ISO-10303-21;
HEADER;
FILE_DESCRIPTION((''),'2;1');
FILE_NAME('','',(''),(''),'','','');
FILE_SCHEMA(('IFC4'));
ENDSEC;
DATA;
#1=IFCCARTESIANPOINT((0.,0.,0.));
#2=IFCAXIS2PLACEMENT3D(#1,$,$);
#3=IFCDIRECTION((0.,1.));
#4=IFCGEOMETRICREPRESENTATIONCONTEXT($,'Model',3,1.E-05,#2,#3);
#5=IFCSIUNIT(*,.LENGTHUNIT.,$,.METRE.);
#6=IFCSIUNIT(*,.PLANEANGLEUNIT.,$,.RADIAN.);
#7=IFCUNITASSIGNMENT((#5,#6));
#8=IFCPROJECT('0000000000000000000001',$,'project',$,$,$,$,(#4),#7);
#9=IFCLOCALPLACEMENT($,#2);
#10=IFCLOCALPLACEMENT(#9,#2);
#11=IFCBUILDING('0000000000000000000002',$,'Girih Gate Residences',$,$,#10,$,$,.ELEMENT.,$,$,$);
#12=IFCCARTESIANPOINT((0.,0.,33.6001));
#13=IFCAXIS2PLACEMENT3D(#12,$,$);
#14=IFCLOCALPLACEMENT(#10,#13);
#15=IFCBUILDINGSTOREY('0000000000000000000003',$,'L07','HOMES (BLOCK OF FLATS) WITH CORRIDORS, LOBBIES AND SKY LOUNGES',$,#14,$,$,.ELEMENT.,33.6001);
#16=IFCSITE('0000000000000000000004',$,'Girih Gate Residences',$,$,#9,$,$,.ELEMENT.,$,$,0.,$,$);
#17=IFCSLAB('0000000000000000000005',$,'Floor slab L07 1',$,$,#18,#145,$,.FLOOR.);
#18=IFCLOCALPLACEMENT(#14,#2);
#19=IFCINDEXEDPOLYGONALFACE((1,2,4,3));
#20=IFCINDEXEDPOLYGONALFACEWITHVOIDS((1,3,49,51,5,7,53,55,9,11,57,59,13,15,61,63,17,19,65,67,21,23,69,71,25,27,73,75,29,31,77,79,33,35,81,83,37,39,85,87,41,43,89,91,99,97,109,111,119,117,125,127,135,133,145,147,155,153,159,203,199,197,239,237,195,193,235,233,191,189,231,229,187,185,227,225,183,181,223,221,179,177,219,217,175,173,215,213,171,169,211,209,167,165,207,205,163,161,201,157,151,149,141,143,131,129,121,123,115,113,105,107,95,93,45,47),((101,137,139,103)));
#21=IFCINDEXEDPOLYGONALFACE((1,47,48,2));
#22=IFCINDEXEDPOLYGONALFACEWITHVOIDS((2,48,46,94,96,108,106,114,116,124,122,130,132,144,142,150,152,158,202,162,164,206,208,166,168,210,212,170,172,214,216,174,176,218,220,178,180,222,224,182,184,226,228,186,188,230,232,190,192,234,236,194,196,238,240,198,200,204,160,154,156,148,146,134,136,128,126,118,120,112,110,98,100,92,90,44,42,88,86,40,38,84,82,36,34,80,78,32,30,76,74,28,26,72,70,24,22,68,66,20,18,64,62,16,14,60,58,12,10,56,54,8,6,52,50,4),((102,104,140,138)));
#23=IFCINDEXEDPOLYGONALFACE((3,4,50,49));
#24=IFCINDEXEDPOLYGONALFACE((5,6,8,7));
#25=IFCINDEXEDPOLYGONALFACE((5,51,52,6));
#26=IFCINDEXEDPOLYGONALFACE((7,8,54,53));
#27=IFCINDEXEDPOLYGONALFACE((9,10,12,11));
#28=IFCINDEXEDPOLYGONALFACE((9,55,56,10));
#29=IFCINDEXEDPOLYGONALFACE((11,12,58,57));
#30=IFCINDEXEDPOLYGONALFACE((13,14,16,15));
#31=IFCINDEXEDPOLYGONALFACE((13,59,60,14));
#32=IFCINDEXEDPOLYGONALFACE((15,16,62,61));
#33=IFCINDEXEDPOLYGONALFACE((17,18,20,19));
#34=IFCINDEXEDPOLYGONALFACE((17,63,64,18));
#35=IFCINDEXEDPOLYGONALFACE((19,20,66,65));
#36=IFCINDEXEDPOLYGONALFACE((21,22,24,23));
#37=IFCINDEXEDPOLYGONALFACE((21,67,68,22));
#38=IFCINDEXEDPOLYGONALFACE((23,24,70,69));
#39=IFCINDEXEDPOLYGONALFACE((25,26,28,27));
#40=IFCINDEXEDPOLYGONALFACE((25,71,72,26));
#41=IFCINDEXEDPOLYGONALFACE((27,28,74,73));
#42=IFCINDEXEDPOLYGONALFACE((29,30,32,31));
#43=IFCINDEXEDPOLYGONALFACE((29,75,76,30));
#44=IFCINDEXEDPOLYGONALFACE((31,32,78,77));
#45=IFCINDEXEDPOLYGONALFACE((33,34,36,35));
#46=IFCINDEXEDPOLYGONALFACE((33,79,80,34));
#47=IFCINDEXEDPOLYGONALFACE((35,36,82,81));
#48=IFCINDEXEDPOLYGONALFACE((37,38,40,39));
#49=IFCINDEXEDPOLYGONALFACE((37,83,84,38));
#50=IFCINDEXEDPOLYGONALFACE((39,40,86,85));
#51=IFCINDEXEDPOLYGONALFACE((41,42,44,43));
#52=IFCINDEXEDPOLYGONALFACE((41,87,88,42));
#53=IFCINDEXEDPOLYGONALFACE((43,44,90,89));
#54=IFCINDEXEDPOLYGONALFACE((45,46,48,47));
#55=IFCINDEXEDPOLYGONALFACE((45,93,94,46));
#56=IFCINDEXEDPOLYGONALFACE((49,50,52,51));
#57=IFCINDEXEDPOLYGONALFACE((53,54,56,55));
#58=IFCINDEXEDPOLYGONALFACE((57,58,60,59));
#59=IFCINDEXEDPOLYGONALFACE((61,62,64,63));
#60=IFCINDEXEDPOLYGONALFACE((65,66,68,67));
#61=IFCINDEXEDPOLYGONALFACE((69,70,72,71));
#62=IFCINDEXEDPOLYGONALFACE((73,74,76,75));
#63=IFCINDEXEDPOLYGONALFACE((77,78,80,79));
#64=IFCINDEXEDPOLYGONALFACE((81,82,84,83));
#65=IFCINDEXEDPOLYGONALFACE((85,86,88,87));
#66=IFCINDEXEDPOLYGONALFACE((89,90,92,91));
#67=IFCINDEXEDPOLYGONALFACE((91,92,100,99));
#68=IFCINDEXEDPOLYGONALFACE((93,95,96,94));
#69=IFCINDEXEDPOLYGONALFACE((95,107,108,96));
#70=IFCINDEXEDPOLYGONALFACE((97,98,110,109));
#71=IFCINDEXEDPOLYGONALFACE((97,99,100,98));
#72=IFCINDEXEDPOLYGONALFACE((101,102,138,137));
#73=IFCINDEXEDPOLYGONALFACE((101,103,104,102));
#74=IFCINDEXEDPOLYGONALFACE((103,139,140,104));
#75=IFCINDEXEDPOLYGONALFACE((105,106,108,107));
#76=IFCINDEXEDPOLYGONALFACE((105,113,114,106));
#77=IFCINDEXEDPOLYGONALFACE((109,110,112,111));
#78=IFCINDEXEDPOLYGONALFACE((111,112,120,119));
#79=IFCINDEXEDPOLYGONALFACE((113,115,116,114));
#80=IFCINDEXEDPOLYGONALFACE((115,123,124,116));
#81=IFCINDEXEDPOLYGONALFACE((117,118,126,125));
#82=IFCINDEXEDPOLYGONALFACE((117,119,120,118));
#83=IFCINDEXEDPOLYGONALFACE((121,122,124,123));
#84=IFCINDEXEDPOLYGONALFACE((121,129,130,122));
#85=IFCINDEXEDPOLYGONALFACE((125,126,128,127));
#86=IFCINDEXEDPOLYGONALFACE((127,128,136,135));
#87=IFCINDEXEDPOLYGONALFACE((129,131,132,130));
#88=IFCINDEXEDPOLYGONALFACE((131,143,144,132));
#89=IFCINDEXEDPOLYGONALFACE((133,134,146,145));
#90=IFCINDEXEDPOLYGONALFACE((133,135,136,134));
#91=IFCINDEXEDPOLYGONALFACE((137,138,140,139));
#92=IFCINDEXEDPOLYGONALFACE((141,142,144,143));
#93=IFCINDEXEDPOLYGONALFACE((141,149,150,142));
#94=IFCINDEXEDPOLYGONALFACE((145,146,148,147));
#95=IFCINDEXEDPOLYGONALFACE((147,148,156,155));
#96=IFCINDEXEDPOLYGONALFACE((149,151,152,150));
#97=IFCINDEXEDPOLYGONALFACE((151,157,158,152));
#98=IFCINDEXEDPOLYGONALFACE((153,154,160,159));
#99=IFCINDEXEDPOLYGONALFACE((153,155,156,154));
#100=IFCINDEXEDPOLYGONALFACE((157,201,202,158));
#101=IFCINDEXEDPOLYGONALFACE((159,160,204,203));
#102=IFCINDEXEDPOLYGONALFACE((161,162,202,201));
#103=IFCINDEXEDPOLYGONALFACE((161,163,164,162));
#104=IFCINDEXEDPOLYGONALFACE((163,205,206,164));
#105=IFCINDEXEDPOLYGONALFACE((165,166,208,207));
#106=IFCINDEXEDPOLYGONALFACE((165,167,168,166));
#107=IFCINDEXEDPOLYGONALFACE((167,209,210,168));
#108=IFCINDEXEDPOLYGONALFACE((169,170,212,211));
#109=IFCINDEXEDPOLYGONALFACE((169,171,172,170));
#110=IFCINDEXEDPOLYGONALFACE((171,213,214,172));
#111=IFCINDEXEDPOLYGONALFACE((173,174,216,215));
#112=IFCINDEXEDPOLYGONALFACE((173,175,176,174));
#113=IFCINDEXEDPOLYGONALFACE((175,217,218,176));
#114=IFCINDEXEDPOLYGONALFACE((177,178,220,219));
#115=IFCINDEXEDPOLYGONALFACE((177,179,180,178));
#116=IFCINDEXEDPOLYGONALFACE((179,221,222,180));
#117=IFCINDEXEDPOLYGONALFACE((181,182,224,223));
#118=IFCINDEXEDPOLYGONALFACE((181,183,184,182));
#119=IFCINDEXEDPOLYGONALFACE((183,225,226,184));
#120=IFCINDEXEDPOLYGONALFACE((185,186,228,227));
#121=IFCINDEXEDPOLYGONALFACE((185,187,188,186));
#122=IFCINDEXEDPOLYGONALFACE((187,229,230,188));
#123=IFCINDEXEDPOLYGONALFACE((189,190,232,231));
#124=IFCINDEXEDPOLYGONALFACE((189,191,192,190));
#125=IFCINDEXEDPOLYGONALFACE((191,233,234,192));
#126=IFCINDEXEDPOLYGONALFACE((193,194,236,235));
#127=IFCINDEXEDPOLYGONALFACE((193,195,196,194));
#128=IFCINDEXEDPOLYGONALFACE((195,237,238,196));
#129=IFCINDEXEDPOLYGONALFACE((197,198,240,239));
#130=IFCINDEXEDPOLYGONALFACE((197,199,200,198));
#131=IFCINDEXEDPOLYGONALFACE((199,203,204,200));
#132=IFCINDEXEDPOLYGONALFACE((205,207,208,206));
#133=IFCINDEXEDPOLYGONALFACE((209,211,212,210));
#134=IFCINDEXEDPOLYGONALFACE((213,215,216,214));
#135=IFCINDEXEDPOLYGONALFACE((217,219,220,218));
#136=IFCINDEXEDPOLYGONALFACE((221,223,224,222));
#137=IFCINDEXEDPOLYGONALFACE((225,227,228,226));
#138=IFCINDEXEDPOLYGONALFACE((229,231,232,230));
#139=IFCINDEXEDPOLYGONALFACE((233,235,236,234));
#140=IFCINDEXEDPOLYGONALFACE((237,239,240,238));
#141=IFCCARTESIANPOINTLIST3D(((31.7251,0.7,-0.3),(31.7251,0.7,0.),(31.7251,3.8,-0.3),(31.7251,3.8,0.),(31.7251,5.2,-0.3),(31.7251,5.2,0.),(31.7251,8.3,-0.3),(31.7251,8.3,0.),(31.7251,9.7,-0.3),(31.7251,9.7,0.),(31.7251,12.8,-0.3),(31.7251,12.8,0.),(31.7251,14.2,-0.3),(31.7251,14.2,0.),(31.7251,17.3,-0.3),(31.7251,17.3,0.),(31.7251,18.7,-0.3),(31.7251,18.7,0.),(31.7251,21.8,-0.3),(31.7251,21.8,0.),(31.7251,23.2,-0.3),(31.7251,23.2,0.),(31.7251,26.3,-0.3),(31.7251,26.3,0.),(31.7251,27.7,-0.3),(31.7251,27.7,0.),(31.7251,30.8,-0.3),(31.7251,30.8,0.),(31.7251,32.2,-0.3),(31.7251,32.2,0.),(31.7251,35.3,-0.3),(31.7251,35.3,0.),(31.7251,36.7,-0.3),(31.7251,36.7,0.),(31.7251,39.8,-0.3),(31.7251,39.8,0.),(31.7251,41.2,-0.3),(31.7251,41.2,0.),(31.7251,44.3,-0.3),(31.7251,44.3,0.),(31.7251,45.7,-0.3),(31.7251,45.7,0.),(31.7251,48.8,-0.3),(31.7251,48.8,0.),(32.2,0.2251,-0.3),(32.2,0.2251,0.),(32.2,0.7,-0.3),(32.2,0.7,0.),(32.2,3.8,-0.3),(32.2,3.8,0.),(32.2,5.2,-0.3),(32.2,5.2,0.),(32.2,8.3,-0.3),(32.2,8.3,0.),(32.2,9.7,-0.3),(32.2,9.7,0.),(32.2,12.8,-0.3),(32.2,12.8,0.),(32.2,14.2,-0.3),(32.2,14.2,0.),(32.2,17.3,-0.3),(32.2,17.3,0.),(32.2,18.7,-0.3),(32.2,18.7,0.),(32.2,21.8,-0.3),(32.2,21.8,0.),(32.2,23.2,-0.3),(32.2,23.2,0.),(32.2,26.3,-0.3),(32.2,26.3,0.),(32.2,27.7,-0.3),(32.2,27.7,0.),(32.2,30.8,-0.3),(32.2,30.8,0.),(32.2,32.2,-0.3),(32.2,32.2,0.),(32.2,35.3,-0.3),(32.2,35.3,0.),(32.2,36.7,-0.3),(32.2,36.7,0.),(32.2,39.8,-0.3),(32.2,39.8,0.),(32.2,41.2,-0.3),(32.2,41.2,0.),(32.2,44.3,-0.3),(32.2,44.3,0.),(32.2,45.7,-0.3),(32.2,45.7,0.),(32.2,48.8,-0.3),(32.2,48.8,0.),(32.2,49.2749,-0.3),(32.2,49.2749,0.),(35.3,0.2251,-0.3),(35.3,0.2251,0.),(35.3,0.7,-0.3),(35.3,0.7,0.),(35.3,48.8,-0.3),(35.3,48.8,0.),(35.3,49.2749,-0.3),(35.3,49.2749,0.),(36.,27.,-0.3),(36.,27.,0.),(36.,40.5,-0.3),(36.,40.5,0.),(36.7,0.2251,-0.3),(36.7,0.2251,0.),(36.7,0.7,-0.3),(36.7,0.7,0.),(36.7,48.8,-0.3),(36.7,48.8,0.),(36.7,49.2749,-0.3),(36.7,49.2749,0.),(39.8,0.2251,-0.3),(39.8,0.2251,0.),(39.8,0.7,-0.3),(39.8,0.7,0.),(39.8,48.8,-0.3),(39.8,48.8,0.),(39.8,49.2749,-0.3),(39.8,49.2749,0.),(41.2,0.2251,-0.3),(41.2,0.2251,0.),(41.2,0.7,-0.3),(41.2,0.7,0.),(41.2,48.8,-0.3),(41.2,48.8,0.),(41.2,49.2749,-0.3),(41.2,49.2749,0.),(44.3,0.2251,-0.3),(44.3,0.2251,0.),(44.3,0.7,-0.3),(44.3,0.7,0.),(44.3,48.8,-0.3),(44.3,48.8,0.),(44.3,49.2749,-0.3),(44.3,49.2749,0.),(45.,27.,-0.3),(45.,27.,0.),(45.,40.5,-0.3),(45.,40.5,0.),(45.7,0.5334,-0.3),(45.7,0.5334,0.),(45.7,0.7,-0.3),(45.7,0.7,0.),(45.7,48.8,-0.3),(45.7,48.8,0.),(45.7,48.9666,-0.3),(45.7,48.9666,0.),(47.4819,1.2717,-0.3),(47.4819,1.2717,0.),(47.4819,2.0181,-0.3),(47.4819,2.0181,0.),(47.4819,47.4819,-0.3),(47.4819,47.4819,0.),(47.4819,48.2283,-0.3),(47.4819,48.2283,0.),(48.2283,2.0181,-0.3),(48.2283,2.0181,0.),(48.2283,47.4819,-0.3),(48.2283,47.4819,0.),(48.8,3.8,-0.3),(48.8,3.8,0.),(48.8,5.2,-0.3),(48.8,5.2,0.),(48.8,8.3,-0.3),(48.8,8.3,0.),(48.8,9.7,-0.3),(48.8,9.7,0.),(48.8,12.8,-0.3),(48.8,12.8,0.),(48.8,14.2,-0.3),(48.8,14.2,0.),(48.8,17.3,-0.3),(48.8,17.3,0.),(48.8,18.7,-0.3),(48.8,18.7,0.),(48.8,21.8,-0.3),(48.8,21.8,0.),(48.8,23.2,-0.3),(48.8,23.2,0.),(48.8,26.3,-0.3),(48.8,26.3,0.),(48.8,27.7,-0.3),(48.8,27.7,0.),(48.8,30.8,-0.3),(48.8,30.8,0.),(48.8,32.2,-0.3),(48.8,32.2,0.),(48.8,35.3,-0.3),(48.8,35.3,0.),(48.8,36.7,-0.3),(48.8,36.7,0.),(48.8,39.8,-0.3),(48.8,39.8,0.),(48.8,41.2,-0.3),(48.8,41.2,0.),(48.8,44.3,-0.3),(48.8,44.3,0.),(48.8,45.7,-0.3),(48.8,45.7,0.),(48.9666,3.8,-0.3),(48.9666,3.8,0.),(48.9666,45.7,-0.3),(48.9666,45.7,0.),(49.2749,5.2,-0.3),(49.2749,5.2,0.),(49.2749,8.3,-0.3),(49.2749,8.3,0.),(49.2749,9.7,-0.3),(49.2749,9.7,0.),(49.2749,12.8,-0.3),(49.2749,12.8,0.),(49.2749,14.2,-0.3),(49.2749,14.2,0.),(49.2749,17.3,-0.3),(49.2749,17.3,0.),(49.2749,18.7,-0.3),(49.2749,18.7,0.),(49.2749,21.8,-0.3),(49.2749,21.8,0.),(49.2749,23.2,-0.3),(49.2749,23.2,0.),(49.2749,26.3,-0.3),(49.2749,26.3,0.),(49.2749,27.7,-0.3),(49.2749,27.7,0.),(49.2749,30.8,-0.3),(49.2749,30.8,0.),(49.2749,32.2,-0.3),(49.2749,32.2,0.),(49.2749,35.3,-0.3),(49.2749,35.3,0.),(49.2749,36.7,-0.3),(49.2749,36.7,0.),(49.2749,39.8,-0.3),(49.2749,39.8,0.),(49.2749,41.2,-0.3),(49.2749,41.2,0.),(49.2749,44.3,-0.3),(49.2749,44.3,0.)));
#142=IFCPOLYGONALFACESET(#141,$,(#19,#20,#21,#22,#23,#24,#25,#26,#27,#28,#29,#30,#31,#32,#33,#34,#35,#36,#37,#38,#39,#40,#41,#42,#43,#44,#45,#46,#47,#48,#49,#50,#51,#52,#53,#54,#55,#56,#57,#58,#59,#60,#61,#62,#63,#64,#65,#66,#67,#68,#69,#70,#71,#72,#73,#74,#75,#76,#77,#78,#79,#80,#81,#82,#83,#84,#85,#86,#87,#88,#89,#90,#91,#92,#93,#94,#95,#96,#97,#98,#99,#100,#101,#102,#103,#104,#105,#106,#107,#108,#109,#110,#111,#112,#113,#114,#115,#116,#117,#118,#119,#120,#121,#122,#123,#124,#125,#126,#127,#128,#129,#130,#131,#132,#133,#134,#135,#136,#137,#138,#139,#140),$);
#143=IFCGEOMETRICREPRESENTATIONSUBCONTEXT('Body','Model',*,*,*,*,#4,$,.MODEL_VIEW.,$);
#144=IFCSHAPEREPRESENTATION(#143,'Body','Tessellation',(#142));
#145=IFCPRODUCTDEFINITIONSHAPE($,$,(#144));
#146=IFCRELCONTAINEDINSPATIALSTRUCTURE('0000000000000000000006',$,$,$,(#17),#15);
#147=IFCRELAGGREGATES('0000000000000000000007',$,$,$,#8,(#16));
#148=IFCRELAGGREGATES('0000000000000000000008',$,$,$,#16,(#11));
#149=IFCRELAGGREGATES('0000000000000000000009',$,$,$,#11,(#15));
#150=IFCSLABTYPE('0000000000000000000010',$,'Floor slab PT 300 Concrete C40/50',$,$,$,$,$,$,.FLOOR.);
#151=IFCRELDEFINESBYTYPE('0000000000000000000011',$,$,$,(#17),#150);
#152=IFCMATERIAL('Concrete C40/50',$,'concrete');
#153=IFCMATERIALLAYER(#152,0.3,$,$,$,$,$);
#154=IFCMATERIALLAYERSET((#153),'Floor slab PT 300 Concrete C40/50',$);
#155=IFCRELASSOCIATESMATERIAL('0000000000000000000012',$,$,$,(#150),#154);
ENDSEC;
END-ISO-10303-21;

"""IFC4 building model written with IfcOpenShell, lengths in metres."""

from ifc_helpers import new_model, si_unit, direction, frame, origin, place, context, subcontext, project, spatial, polyline, outline, extrude, material, layer, layer_set, type_object, element, save


model = new_model("IFC4")

# Units and contexts
model_context = context("Model", 3, precision=1e-05, world=origin(), true_north=direction((0.0, 1.0)))
body_context = subcontext(model_context, "Body", "Model", "MODEL_VIEW")
ifc_project = project(units=[si_unit("LENGTHUNIT", "METRE"), si_unit("PLANEANGLEUNIT", "RADIAN")], contexts=[model_context])

# Site, building, storey
site_placement = place(None, origin())
site = spatial("IfcSite", under=ifc_project, at=site_placement, Name="Girih Gate Residences", CompositionType="ELEMENT", RefElevation=0.0)
building_placement = place(site_placement, origin())
building = spatial("IfcBuilding", under=site, at=building_placement, Name="Girih Gate Residences", CompositionType="ELEMENT")
storey_placement = place(building_placement, frame((0.0, 0.0, 33.6001)))
storey = spatial("IfcBuildingStorey", under=building, at=storey_placement, Name="L07", Description="HOMES (BLOCK OF FLATS) WITH CORRIDORS, LOBBIES AND SKY LOUNGES", CompositionType="ELEMENT", Elevation=33.6001)

# Slab
ifc_material_1 = material(Name="Concrete C40/50", Category="concrete")
ifc_layer_1 = layer(ifc_material_1, 0.3)
ifc_layer_set_1 = layer_set([ifc_layer_1], Name="Floor slab PT 300 Concrete C40/50")
slab_type_1 = type_object("IfcSlabType", Name="Floor slab PT 300 Concrete C40/50", PredefinedType="FLOOR", material=ifc_layer_set_1)
slab_1_placement = place(storey_placement, frame((0.0, 0.0, -0.3)))
element("IfcSlab", 1, at=slab_1_placement, inside=storey, type_object=slab_type_1, Name="Floor slab L07 1", PredefinedType="FLOOR", context=body_context, shape_type="SweptSolid", body=[
    extrude(outline(polyline([(35.3, 49.2749), (32.2, 49.2749), (32.2, 48.8), (31.7251, 48.8), (31.7251, 45.7), (32.2, 45.7), (32.2, 44.3), (31.7251, 44.3), (31.7251, 41.2), (32.2, 41.2), (32.2, 39.8), (31.7251, 39.8), (31.7251, 36.7), (32.2, 36.7), (32.2, 35.3), (31.7251, 35.3), (31.7251, 32.2), (32.2, 32.2), (32.2, 30.8), (31.7251, 30.8), (31.7251, 27.7), (32.2, 27.7), (32.2, 26.3), (31.7251, 26.3), (31.7251, 23.2), (32.2, 23.2), (32.2, 21.8), (31.7251, 21.8), (31.7251, 18.7), (32.2, 18.7), (32.2, 17.3), (31.7251, 17.3), (31.7251, 14.2), (32.2, 14.2), (32.2, 12.8), (31.7251, 12.8), (31.7251, 9.7), (32.2, 9.7), (32.2, 8.3), (31.7251, 8.3), (31.7251, 5.2), (32.2, 5.2), (32.2, 3.8), (31.7251, 3.8), (31.7251, 0.7), (32.2, 0.7), (32.2, 0.2251), (35.3, 0.2251), (35.3, 0.7), (36.7, 0.7), (36.7, 0.2251), (39.8, 0.2251), (39.8, 0.7), (41.2, 0.7), (41.2, 0.2251), (44.3, 0.2251), (44.3, 0.7), (45.7, 0.7), (45.7, 0.5334), (47.4819, 1.2717), (47.4819, 2.0181), (48.2283, 2.0181), (48.9666, 3.8), (48.8, 3.8), (48.8, 5.2), (49.2749, 5.2), (49.2749, 8.3), (48.8, 8.3), (48.8, 9.7), (49.2749, 9.7), (49.2749, 12.8), (48.8, 12.8), (48.8, 14.2), (49.2749, 14.2), (49.2749, 17.3), (48.8, 17.3), (48.8, 18.7), (49.2749, 18.7), (49.2749, 21.8), (48.8, 21.8), (48.8, 23.2), (49.2749, 23.2), (49.2749, 26.3), (48.8, 26.3), (48.8, 27.7), (49.2749, 27.7), (49.2749, 30.8), (48.8, 30.8), (48.8, 32.2), (49.2749, 32.2), (49.2749, 35.3), (48.8, 35.3), (48.8, 36.7), (49.2749, 36.7), (49.2749, 39.8), (48.8, 39.8), (48.8, 41.2), (49.2749, 41.2), (49.2749, 44.3), (48.8, 44.3), (48.8, 45.7), (48.9666, 45.7), (48.2283, 47.4819), (47.4819, 47.4819), (47.4819, 48.2283), (45.7, 48.9666), (45.7, 48.8), (44.3, 48.8), (44.3, 49.2749), (41.2, 49.2749), (41.2, 48.8), (39.8, 48.8), (39.8, 49.2749), (36.7, 49.2749), (36.7, 48.8), (35.3, 48.8), (35.3, 49.2749)]), holes=[polyline([(45.0, 40.5), (45.0, 27.0), (36.0, 27.0), (36.0, 40.5), (45.0, 40.5)])]), origin(), (0.0, 0.0, 1.0), 0.3),
])

save(model, "model.ifc")
